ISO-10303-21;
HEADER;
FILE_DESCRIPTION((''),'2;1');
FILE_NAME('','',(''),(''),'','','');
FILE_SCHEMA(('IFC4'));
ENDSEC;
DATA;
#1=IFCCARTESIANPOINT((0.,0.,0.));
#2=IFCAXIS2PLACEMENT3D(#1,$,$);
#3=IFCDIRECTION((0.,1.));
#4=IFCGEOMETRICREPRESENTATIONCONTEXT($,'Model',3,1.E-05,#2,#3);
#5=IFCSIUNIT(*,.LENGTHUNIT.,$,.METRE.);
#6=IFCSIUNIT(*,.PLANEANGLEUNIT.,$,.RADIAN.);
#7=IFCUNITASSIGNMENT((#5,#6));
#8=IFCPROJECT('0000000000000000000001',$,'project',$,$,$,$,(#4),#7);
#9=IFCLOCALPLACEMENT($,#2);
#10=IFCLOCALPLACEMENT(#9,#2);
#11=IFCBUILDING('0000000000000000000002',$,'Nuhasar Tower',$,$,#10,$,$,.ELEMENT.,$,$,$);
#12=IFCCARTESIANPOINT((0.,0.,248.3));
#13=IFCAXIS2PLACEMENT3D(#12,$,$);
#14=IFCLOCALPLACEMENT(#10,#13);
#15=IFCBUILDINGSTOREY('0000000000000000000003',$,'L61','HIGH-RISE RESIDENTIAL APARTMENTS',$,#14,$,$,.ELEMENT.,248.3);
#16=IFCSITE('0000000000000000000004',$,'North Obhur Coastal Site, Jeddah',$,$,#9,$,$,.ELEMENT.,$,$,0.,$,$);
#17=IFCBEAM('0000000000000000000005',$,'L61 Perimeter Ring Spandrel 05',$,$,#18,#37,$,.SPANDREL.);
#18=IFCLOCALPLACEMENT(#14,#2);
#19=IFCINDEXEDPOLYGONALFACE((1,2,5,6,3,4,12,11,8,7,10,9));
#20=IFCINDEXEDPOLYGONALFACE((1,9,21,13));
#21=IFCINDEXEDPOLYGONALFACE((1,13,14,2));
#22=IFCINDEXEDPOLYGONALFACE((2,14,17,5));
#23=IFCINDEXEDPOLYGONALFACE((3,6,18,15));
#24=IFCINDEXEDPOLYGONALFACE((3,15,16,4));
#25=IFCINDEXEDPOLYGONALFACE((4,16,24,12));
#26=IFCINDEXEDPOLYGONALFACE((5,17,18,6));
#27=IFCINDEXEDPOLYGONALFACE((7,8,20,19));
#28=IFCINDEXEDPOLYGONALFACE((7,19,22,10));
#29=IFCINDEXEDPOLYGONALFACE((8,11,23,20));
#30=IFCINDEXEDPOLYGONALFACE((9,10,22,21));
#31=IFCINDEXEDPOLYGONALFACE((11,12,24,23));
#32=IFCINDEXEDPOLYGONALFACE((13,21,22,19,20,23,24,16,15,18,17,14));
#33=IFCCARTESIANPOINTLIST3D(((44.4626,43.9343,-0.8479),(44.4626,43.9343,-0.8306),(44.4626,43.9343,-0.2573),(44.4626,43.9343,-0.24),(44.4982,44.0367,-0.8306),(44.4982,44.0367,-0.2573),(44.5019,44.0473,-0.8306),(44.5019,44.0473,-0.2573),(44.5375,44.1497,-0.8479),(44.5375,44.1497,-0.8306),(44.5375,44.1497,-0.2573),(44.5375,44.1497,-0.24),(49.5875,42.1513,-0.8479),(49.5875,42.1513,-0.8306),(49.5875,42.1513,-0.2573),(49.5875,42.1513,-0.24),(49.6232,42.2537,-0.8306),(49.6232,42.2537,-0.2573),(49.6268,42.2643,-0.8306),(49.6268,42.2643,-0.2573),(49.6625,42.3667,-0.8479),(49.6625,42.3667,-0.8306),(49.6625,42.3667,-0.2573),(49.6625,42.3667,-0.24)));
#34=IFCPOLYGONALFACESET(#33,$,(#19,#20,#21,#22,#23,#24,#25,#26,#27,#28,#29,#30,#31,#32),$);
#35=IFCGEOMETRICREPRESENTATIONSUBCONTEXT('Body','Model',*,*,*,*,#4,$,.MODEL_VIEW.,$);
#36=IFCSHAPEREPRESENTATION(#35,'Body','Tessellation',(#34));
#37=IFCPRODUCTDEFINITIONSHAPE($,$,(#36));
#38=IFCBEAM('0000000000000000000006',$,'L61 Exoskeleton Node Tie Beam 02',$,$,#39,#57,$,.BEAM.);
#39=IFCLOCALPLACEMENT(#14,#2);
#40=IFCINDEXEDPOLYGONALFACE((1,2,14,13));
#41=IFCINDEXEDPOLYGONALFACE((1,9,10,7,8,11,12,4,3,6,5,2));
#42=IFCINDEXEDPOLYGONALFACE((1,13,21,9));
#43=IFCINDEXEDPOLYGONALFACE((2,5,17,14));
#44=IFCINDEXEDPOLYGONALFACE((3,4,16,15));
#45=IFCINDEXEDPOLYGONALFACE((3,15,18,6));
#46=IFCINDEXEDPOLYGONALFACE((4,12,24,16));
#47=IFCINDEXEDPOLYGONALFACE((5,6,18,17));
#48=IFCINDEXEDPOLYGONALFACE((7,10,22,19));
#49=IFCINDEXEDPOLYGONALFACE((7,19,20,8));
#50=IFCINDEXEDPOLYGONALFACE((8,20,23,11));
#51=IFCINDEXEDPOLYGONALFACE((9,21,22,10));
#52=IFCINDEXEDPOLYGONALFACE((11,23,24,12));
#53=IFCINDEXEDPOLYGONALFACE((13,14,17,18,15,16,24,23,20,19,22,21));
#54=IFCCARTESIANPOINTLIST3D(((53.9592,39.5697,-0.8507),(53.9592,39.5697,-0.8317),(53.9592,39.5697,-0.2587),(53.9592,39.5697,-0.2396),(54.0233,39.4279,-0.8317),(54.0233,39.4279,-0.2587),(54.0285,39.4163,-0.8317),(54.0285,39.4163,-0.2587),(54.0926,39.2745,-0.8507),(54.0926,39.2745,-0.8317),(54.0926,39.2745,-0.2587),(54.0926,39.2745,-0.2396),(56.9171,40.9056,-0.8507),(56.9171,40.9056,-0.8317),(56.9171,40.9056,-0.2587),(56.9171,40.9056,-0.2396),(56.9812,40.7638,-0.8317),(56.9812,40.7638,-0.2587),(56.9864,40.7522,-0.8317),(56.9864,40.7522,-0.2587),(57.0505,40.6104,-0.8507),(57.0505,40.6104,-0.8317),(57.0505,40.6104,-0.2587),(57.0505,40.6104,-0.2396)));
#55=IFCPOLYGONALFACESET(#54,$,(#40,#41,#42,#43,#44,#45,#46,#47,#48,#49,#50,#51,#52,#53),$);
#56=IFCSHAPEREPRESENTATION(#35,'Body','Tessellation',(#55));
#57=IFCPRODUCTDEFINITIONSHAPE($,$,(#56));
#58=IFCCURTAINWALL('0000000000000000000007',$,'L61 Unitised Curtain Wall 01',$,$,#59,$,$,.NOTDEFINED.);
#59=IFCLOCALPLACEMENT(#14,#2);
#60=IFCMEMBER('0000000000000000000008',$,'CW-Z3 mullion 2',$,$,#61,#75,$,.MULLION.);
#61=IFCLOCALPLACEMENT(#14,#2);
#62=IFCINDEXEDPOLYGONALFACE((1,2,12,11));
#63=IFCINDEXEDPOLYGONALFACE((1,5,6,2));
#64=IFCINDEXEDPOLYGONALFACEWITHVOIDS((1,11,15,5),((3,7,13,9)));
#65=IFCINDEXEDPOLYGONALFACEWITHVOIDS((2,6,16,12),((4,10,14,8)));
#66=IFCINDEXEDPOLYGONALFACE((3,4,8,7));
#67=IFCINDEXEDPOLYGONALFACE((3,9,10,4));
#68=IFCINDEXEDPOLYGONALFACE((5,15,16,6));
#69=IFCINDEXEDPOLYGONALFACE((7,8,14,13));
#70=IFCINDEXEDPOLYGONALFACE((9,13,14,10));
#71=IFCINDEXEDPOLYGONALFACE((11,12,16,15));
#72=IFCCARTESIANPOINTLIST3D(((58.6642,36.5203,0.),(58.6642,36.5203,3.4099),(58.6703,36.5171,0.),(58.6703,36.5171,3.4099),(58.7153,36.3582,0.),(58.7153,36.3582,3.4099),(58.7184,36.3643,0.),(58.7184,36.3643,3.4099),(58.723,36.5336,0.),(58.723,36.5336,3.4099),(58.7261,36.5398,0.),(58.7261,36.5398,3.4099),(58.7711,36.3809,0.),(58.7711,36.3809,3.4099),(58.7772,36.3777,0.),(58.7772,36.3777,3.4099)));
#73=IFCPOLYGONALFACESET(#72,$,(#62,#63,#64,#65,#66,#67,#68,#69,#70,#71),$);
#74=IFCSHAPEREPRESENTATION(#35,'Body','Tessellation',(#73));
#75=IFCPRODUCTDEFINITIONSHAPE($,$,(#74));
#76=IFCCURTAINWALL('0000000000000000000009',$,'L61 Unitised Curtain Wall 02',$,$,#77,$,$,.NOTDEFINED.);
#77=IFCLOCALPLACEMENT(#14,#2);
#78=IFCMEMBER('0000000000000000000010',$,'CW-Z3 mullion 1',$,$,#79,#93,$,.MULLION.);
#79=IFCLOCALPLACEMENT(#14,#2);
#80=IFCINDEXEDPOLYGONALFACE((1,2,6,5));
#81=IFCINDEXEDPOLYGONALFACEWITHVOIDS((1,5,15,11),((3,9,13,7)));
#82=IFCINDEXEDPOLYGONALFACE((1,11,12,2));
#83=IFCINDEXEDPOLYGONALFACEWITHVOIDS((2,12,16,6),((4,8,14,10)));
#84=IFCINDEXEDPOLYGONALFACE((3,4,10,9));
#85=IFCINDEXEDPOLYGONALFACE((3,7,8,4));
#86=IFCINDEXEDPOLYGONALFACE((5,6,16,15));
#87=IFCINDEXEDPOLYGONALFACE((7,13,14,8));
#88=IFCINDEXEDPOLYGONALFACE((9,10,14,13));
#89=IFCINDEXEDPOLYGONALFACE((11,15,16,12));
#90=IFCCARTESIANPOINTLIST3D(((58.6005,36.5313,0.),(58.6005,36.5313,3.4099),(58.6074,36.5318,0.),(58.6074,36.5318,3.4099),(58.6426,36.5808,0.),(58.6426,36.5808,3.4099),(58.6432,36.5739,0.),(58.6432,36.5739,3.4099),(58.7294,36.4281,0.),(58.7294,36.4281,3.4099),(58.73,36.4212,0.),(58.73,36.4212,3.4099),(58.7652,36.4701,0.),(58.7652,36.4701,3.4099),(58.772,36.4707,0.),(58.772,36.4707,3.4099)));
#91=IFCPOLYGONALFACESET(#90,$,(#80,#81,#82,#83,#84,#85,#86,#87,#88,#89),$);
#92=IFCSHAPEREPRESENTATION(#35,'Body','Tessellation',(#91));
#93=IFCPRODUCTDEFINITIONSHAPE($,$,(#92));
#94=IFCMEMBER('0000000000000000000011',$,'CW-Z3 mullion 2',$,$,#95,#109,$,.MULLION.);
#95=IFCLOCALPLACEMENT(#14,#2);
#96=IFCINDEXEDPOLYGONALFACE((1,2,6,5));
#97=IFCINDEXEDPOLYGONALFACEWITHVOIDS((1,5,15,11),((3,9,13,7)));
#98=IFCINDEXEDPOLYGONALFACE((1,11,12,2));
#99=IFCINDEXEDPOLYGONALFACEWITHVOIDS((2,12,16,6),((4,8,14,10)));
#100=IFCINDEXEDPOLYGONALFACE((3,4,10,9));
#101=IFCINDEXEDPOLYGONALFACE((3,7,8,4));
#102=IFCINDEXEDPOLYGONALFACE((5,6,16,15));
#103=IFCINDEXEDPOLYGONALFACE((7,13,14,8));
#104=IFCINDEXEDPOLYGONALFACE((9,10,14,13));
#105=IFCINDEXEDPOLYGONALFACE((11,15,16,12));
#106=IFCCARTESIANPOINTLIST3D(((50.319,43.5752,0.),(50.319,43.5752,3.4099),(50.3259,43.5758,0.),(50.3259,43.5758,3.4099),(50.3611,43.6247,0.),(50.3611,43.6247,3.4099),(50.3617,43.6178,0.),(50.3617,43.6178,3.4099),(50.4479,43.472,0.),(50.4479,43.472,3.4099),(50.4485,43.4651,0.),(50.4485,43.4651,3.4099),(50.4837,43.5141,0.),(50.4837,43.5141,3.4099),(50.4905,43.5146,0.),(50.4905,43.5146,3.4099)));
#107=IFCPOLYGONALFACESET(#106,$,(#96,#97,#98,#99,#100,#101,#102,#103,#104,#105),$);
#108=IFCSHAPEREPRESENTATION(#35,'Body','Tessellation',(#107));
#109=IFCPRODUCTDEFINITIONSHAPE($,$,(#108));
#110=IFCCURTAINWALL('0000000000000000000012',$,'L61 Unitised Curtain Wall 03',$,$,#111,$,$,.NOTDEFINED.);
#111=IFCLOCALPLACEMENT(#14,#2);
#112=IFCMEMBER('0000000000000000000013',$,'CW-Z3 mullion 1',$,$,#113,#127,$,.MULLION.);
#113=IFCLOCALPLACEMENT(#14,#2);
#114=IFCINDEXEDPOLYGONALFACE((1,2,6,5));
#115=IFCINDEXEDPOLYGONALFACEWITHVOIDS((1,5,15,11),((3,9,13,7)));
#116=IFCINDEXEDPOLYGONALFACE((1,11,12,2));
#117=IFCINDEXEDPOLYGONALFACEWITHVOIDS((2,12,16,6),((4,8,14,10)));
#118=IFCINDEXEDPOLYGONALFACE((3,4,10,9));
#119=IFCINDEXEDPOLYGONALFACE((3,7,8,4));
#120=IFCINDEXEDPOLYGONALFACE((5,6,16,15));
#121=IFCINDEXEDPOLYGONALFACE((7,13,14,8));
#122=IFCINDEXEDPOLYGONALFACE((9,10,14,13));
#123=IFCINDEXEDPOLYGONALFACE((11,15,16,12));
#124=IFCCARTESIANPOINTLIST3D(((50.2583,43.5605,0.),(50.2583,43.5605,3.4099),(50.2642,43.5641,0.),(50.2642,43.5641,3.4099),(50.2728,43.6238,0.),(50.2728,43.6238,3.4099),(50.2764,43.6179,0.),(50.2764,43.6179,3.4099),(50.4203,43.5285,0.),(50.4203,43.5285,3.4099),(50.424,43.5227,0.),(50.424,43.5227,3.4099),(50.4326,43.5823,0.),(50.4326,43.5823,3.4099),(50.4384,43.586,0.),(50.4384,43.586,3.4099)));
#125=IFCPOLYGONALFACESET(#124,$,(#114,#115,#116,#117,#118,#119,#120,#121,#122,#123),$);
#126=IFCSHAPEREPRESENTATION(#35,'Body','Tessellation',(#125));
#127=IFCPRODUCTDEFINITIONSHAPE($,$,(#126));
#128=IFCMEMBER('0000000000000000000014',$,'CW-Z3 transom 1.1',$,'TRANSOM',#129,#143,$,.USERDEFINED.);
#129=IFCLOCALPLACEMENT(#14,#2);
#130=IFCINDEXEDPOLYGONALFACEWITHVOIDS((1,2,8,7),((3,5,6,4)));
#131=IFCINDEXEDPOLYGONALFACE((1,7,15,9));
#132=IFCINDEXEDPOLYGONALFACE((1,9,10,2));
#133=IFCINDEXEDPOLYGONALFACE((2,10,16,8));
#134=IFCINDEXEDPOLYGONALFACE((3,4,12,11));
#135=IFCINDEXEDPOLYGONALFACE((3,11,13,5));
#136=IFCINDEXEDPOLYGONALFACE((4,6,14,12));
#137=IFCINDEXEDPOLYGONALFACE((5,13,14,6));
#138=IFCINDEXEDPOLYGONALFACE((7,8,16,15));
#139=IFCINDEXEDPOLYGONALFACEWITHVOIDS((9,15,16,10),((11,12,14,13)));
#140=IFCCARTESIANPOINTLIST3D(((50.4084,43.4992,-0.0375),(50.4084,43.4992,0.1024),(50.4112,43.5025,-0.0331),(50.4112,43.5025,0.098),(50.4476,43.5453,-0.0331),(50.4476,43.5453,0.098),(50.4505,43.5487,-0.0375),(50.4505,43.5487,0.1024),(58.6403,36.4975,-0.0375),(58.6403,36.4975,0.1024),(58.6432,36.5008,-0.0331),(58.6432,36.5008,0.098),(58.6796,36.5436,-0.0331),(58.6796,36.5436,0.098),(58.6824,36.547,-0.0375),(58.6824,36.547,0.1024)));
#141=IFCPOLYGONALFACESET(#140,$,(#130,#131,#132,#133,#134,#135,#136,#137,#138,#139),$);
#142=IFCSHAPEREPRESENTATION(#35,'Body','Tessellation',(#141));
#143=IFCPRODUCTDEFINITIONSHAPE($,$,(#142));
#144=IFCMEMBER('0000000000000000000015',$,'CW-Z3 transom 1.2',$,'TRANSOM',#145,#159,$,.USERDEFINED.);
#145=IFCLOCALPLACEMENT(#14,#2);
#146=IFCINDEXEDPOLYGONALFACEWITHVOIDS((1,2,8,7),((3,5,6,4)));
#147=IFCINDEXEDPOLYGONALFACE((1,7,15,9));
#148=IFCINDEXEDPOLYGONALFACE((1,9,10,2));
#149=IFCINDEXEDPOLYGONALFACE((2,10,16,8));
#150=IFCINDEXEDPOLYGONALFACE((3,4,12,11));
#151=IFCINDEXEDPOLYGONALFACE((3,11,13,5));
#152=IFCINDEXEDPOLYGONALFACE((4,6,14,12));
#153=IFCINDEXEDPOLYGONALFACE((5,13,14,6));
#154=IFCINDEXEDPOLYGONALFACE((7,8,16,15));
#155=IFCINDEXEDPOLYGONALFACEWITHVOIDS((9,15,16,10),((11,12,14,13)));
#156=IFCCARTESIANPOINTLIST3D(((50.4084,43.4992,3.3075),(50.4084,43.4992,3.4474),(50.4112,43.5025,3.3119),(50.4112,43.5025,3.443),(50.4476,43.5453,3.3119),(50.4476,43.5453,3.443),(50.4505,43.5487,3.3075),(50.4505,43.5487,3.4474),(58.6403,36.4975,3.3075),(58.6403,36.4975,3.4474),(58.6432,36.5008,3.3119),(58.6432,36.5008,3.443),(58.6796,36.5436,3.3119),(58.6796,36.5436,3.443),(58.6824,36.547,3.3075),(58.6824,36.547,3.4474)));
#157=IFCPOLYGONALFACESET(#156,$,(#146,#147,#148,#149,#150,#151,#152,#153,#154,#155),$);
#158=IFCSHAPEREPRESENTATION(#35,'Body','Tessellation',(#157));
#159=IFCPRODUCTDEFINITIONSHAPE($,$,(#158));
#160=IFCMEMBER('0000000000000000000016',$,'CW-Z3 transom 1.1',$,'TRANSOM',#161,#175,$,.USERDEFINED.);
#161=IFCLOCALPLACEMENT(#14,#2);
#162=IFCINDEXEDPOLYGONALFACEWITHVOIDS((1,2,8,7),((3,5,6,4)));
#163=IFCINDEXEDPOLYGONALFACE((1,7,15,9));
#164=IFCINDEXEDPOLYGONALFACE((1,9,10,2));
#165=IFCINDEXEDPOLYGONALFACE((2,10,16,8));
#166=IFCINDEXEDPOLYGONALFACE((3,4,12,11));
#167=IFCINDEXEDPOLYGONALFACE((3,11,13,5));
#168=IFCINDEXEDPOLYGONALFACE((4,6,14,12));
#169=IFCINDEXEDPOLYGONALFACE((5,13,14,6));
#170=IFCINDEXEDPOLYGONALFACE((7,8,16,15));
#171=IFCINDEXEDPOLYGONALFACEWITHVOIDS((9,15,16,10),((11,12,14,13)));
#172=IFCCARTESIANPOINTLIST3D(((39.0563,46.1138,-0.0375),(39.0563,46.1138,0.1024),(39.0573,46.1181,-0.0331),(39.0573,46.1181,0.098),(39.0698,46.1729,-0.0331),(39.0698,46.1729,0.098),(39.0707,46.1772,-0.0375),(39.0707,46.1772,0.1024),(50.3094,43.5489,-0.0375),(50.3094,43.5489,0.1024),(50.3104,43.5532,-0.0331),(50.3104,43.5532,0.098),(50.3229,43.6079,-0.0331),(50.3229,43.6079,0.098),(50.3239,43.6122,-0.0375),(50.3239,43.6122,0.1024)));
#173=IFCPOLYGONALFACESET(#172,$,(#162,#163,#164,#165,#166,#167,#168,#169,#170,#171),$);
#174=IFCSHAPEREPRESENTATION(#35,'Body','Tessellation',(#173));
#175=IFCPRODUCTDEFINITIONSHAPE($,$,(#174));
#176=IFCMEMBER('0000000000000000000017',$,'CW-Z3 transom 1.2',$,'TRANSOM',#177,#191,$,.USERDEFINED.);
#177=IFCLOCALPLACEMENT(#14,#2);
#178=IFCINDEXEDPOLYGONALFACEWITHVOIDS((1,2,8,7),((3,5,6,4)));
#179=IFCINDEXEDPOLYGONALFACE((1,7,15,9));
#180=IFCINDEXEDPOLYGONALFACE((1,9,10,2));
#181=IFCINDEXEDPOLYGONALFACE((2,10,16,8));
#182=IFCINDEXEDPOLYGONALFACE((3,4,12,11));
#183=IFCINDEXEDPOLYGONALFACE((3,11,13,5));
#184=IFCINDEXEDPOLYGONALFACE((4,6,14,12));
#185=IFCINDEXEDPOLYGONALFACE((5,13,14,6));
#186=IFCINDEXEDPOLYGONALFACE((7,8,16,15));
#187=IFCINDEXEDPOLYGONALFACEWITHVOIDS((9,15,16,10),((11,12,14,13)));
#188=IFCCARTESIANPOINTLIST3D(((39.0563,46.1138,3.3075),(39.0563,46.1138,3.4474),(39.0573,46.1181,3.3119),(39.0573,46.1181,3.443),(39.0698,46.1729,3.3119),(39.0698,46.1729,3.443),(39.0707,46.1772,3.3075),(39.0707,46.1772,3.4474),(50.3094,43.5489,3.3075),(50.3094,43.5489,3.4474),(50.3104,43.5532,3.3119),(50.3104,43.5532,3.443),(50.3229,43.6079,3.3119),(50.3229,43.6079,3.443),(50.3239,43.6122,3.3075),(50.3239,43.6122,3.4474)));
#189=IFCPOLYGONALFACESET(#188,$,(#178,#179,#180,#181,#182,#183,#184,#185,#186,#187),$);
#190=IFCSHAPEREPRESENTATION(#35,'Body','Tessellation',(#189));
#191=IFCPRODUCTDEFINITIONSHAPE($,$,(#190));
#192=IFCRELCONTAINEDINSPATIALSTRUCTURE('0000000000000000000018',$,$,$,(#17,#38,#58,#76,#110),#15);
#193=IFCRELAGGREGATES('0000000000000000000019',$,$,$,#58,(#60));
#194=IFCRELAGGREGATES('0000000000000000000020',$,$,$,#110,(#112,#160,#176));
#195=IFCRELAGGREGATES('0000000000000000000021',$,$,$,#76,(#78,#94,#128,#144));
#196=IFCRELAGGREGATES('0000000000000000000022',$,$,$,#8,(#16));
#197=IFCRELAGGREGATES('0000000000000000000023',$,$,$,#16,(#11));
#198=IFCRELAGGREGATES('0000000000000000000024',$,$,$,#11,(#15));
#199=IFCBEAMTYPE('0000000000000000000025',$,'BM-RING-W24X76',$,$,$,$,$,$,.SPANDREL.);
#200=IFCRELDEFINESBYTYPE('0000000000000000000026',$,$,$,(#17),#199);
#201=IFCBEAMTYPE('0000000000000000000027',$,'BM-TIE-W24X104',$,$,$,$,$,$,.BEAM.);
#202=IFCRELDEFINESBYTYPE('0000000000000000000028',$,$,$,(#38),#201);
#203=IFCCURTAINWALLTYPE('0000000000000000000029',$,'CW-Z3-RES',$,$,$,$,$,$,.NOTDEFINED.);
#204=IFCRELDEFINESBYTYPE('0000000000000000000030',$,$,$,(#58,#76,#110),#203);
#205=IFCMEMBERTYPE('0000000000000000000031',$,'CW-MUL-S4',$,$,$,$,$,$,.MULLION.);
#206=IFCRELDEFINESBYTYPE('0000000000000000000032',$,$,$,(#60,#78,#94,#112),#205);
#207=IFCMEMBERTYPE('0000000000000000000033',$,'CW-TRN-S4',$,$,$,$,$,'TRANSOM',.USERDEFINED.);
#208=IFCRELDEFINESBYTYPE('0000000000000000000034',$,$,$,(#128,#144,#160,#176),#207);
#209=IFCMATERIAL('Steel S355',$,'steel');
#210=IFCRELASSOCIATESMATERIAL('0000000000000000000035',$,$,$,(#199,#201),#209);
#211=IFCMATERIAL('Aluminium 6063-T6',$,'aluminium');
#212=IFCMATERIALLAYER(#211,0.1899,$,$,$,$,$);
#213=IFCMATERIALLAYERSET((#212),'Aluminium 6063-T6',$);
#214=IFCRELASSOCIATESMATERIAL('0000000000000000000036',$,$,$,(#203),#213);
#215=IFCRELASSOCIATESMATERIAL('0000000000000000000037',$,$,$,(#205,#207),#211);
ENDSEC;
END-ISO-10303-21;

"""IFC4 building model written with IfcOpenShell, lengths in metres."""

from ifc_helpers import new_model, si_unit, direction, frame, origin, origin_2d, place, context, subcontext, project, spatial, hollow_rectangle, i_section, extrude, material, layer, layer_set, material_profile, profile_set, type_object, element, aggregate, save


model = new_model("IFC4")

# Units and contexts
model_context = context("Model", 3, precision=1e-05, world=origin(), true_north=direction((0.0, 1.0)))
body_context = subcontext(model_context, "Body", "Model", "MODEL_VIEW")
ifc_project = project(units=[si_unit("LENGTHUNIT", "METRE"), si_unit("PLANEANGLEUNIT", "RADIAN")], contexts=[model_context])

# Site, building, storey
site_placement = place(None, origin())
site = spatial("IfcSite", under=ifc_project, at=site_placement, Name="North Obhur Coastal Site, Jeddah", CompositionType="ELEMENT", RefElevation=0.0)
building_placement = place(site_placement, origin())
building = spatial("IfcBuilding", under=site, at=building_placement, Name="Nuhasar Tower", CompositionType="ELEMENT")
storey_placement = place(building_placement, frame((0.0, 0.0, 248.3)))
storey = spatial("IfcBuildingStorey", under=building, at=storey_placement, Name="L61", Description="HIGH-RISE RESIDENTIAL APARTMENTS", CompositionType="ELEMENT", Elevation=248.3)

# Beams
ifc_material_1 = material(Name="Steel S355", Category="steel")
ifc_material_profile_1 = material_profile(ifc_material_1, i_section(OverallWidth=0.228, OverallDepth=0.6079, WebThickness=0.0112, FlangeThickness=0.0173, at=origin_2d()), Name="W24X76")
ifc_profile_set_1 = profile_set([ifc_material_profile_1], Name="Steel S355")
beam_type_1 = type_object("IfcBeamType", Name="BM-RING-W24X76", PredefinedType="SPANDREL", material=ifc_profile_set_1)
beam_1_placement = place(storey_placement, frame((49.625, 42.259, -0.5439), z_axis=(-0.944477, 0.328578, 0.0), x_axis=(-0.328578, -0.944477, 0.0)))
element("IfcBeam", 1, at=beam_1_placement, inside=storey, type_object=beam_type_1, Name="L61 Perimeter Ring Spandrel 05", PredefinedType="SPANDREL", context=body_context, shape_type="SweptSolid", body=[
    extrude(i_section(OverallWidth=0.228, OverallDepth=0.6079, WebThickness=0.0112, FlangeThickness=0.0173, at=origin_2d()), origin(), (0.0, 0.0, 1.0), 5.4263),
])
ifc_material_profile_2 = material_profile(ifc_material_1, i_section(OverallWidth=0.324, OverallDepth=0.6111, WebThickness=0.0127, FlangeThickness=0.019, at=origin_2d()), Name="W24X104")
ifc_profile_set_2 = profile_set([ifc_material_profile_2], Name="Steel S355")
beam_type_2 = type_object("IfcBeamType", Name="BM-TIE-W24X104", PredefinedType="BEAM", material=ifc_profile_set_2)
beam_2_placement = place(storey_placement, frame((54.0259, 39.4221, -0.5452), z_axis=(0.911363, 0.411603, 0.0), x_axis=(-0.411603, 0.911363, 0.0)))
element("IfcBeam", 2, at=beam_2_placement, inside=storey, type_object=beam_type_2, Name="L61 Exoskeleton Node Tie Beam 02", PredefinedType="BEAM", context=body_context, shape_type="SweptSolid", body=[
    extrude(i_section(OverallWidth=0.324, OverallDepth=0.6111, WebThickness=0.0127, FlangeThickness=0.019, at=origin_2d()), origin(), (0.0, 0.0, 1.0), 3.2456),
])

# Curtain wall, member
ifc_material_2 = material(Name="Aluminium 6063-T6", Category="aluminium")
ifc_layer_1 = layer(ifc_material_2, 0.1899)
ifc_layer_set_1 = layer_set([ifc_layer_1], Name="Aluminium 6063-T6")
curtain_wall_type = type_object("IfcCurtainWallType", Name="CW-Z3-RES", PredefinedType="NOTDEFINED", material=ifc_layer_set_1)
curtain_wall_1_placement = place(storey_placement, origin())
curtain_wall_1 = element("IfcCurtainWall", 3, at=curtain_wall_1_placement, inside=storey, type_object=curtain_wall_type, Name="L61 Unitised Curtain Wall 01", PredefinedType="NOTDEFINED")
ifc_material_profile_3 = material_profile(ifc_material_2, hollow_rectangle(XDim=0.0649, YDim=0.1699, WallThickness=0.0049, at=origin_2d()), Name="CWM-4")
ifc_profile_set_3 = profile_set([ifc_material_profile_3], Name="Aluminium 6063-T6")
member_type_1 = type_object("IfcMemberType", Name="CW-MUL-S4", PredefinedType="MULLION", material=ifc_profile_set_3)
member_1_placement = place(storey_placement, frame((58.7207, 36.449, 0.0), z_axis=(0.0, 0.0, 1.0), x_axis=(-0.953804, -0.300429, 0.0)))
member_1 = element("IfcMember", 4, at=member_1_placement, type_object=member_type_1, Name="CW-Z3 mullion 2", PredefinedType="MULLION", context=body_context, shape_type="SweptSolid", body=[
    extrude(hollow_rectangle(XDim=0.0649, YDim=0.1699, WallThickness=0.0049, at=origin_2d()), origin(), (0.0, 0.0, 1.0), 3.4099),
])
aggregate(curtain_wall_1, [member_1])

# Curtain wall, members
curtain_wall_2_placement = place(storey_placement, origin())
curtain_wall_2 = element("IfcCurtainWall", 5, at=curtain_wall_2_placement, inside=storey, type_object=curtain_wall_type, Name="L61 Unitised Curtain Wall 02", PredefinedType="NOTDEFINED")
member_2_placement = place(storey_placement, frame((58.6863, 36.501, 0.0), z_axis=(0.0, 0.0, 1.0), x_axis=(-0.647895, -0.761729, 0.0)))
member_2 = element("IfcMember", 6, at=member_2_placement, type_object=member_type_1, Name="CW-Z3 mullion 1", PredefinedType="MULLION", context=body_context, shape_type="SweptSolid", body=[
    extrude(hollow_rectangle(XDim=0.0649, YDim=0.1699, WallThickness=0.0049, at=origin_2d()), origin(), (0.0, 0.0, 1.0), 3.4099),
])
member_3_placement = place(storey_placement, frame((50.4048, 43.5449, 0.0), z_axis=(0.0, 0.0, 1.0), x_axis=(-0.647895, -0.761729, 0.0)))
member_3 = element("IfcMember", 7, at=member_3_placement, type_object=member_type_1, Name="CW-Z3 mullion 2", PredefinedType="MULLION", context=body_context, shape_type="SweptSolid", body=[
    extrude(hollow_rectangle(XDim=0.0649, YDim=0.1699, WallThickness=0.0049, at=origin_2d()), origin(), (0.0, 0.0, 1.0), 3.4099),
])

# Curtain wall, member
curtain_wall_3_placement = place(storey_placement, origin())
curtain_wall_3 = element("IfcCurtainWall", 8, at=curtain_wall_3_placement, inside=storey, type_object=curtain_wall_type, Name="L61 Unitised Curtain Wall 03", PredefinedType="NOTDEFINED")
member_4_placement = place(storey_placement, frame((50.3484, 43.5732, 0.0), z_axis=(0.0, 0.0, 1.0), x_axis=(-0.222243, -0.974991, 0.0)))
member_4 = element("IfcMember", 9, at=member_4_placement, type_object=member_type_1, Name="CW-Z3 mullion 1", PredefinedType="MULLION", context=body_context, shape_type="SweptSolid", body=[
    extrude(hollow_rectangle(XDim=0.0649, YDim=0.1699, WallThickness=0.0049, at=origin_2d()), origin(), (0.0, 0.0, 1.0), 3.4099),
])

# Members
ifc_material_profile_4 = material_profile(ifc_material_2, hollow_rectangle(XDim=0.0649, YDim=0.1399, WallThickness=0.0044, at=origin_2d()), Name="CWT-4")
ifc_profile_set_4 = profile_set([ifc_material_profile_4], Name="Aluminium 6063-T6")
member_type_2 = type_object("IfcMemberType", Name="CW-TRN-S4", ElementType="TRANSOM", PredefinedType="USERDEFINED", material=ifc_profile_set_4)
member_5_placement = place(storey_placement, frame((58.6614, 36.5222, 0.0325), z_axis=(-0.761731, 0.647894, 0.0), x_axis=(-0.647894, -0.761731, 0.0)))
member_5 = element("IfcMember", 10, at=member_5_placement, type_object=member_type_2, Name="CW-Z3 transom 1.1", ObjectType="TRANSOM", PredefinedType="USERDEFINED", context=body_context, shape_type="SweptSolid", body=[
    extrude(hollow_rectangle(XDim=0.0649, YDim=0.1399, WallThickness=0.0044, at=origin_2d()), origin(), (0.0, 0.0, 1.0), 10.8069),
])
member_6_placement = place(storey_placement, frame((58.6614, 36.5222, 3.3774), z_axis=(-0.761731, 0.647894, 0.0), x_axis=(-0.647894, -0.761731, 0.0)))
member_6 = element("IfcMember", 11, at=member_6_placement, type_object=member_type_2, Name="CW-Z3 transom 1.2", ObjectType="TRANSOM", PredefinedType="USERDEFINED", context=body_context, shape_type="SweptSolid", body=[
    extrude(hollow_rectangle(XDim=0.0649, YDim=0.1399, WallThickness=0.0044, at=origin_2d()), origin(), (0.0, 0.0, 1.0), 10.8069),
])
member_7_placement = place(storey_placement, frame((50.3167, 43.5806, 0.0325), z_axis=(-0.974994, 0.222231, 0.0), x_axis=(-0.222231, -0.974994, 0.0)))
member_7 = element("IfcMember", 12, at=member_7_placement, type_object=member_type_2, Name="CW-Z3 transom 1.1", ObjectType="TRANSOM", PredefinedType="USERDEFINED", context=body_context, shape_type="SweptSolid", body=[
    extrude(hollow_rectangle(XDim=0.0649, YDim=0.1399, WallThickness=0.0044, at=origin_2d()), origin(), (0.0, 0.0, 1.0), 11.5417),
])
member_8_placement = place(storey_placement, frame((50.3167, 43.5806, 3.3774), z_axis=(-0.974994, 0.222231, 0.0), x_axis=(-0.222231, -0.974994, 0.0)))
member_8 = element("IfcMember", 13, at=member_8_placement, type_object=member_type_2, Name="CW-Z3 transom 1.2", ObjectType="TRANSOM", PredefinedType="USERDEFINED", context=body_context, shape_type="SweptSolid", body=[
    extrude(hollow_rectangle(XDim=0.0649, YDim=0.1399, WallThickness=0.0044, at=origin_2d()), origin(), (0.0, 0.0, 1.0), 11.5417),
])
aggregate(curtain_wall_3, [member_4, member_7, member_8])

aggregate(curtain_wall_2, [member_2, member_3, member_5, member_6])

save(model, "model.ifc")
